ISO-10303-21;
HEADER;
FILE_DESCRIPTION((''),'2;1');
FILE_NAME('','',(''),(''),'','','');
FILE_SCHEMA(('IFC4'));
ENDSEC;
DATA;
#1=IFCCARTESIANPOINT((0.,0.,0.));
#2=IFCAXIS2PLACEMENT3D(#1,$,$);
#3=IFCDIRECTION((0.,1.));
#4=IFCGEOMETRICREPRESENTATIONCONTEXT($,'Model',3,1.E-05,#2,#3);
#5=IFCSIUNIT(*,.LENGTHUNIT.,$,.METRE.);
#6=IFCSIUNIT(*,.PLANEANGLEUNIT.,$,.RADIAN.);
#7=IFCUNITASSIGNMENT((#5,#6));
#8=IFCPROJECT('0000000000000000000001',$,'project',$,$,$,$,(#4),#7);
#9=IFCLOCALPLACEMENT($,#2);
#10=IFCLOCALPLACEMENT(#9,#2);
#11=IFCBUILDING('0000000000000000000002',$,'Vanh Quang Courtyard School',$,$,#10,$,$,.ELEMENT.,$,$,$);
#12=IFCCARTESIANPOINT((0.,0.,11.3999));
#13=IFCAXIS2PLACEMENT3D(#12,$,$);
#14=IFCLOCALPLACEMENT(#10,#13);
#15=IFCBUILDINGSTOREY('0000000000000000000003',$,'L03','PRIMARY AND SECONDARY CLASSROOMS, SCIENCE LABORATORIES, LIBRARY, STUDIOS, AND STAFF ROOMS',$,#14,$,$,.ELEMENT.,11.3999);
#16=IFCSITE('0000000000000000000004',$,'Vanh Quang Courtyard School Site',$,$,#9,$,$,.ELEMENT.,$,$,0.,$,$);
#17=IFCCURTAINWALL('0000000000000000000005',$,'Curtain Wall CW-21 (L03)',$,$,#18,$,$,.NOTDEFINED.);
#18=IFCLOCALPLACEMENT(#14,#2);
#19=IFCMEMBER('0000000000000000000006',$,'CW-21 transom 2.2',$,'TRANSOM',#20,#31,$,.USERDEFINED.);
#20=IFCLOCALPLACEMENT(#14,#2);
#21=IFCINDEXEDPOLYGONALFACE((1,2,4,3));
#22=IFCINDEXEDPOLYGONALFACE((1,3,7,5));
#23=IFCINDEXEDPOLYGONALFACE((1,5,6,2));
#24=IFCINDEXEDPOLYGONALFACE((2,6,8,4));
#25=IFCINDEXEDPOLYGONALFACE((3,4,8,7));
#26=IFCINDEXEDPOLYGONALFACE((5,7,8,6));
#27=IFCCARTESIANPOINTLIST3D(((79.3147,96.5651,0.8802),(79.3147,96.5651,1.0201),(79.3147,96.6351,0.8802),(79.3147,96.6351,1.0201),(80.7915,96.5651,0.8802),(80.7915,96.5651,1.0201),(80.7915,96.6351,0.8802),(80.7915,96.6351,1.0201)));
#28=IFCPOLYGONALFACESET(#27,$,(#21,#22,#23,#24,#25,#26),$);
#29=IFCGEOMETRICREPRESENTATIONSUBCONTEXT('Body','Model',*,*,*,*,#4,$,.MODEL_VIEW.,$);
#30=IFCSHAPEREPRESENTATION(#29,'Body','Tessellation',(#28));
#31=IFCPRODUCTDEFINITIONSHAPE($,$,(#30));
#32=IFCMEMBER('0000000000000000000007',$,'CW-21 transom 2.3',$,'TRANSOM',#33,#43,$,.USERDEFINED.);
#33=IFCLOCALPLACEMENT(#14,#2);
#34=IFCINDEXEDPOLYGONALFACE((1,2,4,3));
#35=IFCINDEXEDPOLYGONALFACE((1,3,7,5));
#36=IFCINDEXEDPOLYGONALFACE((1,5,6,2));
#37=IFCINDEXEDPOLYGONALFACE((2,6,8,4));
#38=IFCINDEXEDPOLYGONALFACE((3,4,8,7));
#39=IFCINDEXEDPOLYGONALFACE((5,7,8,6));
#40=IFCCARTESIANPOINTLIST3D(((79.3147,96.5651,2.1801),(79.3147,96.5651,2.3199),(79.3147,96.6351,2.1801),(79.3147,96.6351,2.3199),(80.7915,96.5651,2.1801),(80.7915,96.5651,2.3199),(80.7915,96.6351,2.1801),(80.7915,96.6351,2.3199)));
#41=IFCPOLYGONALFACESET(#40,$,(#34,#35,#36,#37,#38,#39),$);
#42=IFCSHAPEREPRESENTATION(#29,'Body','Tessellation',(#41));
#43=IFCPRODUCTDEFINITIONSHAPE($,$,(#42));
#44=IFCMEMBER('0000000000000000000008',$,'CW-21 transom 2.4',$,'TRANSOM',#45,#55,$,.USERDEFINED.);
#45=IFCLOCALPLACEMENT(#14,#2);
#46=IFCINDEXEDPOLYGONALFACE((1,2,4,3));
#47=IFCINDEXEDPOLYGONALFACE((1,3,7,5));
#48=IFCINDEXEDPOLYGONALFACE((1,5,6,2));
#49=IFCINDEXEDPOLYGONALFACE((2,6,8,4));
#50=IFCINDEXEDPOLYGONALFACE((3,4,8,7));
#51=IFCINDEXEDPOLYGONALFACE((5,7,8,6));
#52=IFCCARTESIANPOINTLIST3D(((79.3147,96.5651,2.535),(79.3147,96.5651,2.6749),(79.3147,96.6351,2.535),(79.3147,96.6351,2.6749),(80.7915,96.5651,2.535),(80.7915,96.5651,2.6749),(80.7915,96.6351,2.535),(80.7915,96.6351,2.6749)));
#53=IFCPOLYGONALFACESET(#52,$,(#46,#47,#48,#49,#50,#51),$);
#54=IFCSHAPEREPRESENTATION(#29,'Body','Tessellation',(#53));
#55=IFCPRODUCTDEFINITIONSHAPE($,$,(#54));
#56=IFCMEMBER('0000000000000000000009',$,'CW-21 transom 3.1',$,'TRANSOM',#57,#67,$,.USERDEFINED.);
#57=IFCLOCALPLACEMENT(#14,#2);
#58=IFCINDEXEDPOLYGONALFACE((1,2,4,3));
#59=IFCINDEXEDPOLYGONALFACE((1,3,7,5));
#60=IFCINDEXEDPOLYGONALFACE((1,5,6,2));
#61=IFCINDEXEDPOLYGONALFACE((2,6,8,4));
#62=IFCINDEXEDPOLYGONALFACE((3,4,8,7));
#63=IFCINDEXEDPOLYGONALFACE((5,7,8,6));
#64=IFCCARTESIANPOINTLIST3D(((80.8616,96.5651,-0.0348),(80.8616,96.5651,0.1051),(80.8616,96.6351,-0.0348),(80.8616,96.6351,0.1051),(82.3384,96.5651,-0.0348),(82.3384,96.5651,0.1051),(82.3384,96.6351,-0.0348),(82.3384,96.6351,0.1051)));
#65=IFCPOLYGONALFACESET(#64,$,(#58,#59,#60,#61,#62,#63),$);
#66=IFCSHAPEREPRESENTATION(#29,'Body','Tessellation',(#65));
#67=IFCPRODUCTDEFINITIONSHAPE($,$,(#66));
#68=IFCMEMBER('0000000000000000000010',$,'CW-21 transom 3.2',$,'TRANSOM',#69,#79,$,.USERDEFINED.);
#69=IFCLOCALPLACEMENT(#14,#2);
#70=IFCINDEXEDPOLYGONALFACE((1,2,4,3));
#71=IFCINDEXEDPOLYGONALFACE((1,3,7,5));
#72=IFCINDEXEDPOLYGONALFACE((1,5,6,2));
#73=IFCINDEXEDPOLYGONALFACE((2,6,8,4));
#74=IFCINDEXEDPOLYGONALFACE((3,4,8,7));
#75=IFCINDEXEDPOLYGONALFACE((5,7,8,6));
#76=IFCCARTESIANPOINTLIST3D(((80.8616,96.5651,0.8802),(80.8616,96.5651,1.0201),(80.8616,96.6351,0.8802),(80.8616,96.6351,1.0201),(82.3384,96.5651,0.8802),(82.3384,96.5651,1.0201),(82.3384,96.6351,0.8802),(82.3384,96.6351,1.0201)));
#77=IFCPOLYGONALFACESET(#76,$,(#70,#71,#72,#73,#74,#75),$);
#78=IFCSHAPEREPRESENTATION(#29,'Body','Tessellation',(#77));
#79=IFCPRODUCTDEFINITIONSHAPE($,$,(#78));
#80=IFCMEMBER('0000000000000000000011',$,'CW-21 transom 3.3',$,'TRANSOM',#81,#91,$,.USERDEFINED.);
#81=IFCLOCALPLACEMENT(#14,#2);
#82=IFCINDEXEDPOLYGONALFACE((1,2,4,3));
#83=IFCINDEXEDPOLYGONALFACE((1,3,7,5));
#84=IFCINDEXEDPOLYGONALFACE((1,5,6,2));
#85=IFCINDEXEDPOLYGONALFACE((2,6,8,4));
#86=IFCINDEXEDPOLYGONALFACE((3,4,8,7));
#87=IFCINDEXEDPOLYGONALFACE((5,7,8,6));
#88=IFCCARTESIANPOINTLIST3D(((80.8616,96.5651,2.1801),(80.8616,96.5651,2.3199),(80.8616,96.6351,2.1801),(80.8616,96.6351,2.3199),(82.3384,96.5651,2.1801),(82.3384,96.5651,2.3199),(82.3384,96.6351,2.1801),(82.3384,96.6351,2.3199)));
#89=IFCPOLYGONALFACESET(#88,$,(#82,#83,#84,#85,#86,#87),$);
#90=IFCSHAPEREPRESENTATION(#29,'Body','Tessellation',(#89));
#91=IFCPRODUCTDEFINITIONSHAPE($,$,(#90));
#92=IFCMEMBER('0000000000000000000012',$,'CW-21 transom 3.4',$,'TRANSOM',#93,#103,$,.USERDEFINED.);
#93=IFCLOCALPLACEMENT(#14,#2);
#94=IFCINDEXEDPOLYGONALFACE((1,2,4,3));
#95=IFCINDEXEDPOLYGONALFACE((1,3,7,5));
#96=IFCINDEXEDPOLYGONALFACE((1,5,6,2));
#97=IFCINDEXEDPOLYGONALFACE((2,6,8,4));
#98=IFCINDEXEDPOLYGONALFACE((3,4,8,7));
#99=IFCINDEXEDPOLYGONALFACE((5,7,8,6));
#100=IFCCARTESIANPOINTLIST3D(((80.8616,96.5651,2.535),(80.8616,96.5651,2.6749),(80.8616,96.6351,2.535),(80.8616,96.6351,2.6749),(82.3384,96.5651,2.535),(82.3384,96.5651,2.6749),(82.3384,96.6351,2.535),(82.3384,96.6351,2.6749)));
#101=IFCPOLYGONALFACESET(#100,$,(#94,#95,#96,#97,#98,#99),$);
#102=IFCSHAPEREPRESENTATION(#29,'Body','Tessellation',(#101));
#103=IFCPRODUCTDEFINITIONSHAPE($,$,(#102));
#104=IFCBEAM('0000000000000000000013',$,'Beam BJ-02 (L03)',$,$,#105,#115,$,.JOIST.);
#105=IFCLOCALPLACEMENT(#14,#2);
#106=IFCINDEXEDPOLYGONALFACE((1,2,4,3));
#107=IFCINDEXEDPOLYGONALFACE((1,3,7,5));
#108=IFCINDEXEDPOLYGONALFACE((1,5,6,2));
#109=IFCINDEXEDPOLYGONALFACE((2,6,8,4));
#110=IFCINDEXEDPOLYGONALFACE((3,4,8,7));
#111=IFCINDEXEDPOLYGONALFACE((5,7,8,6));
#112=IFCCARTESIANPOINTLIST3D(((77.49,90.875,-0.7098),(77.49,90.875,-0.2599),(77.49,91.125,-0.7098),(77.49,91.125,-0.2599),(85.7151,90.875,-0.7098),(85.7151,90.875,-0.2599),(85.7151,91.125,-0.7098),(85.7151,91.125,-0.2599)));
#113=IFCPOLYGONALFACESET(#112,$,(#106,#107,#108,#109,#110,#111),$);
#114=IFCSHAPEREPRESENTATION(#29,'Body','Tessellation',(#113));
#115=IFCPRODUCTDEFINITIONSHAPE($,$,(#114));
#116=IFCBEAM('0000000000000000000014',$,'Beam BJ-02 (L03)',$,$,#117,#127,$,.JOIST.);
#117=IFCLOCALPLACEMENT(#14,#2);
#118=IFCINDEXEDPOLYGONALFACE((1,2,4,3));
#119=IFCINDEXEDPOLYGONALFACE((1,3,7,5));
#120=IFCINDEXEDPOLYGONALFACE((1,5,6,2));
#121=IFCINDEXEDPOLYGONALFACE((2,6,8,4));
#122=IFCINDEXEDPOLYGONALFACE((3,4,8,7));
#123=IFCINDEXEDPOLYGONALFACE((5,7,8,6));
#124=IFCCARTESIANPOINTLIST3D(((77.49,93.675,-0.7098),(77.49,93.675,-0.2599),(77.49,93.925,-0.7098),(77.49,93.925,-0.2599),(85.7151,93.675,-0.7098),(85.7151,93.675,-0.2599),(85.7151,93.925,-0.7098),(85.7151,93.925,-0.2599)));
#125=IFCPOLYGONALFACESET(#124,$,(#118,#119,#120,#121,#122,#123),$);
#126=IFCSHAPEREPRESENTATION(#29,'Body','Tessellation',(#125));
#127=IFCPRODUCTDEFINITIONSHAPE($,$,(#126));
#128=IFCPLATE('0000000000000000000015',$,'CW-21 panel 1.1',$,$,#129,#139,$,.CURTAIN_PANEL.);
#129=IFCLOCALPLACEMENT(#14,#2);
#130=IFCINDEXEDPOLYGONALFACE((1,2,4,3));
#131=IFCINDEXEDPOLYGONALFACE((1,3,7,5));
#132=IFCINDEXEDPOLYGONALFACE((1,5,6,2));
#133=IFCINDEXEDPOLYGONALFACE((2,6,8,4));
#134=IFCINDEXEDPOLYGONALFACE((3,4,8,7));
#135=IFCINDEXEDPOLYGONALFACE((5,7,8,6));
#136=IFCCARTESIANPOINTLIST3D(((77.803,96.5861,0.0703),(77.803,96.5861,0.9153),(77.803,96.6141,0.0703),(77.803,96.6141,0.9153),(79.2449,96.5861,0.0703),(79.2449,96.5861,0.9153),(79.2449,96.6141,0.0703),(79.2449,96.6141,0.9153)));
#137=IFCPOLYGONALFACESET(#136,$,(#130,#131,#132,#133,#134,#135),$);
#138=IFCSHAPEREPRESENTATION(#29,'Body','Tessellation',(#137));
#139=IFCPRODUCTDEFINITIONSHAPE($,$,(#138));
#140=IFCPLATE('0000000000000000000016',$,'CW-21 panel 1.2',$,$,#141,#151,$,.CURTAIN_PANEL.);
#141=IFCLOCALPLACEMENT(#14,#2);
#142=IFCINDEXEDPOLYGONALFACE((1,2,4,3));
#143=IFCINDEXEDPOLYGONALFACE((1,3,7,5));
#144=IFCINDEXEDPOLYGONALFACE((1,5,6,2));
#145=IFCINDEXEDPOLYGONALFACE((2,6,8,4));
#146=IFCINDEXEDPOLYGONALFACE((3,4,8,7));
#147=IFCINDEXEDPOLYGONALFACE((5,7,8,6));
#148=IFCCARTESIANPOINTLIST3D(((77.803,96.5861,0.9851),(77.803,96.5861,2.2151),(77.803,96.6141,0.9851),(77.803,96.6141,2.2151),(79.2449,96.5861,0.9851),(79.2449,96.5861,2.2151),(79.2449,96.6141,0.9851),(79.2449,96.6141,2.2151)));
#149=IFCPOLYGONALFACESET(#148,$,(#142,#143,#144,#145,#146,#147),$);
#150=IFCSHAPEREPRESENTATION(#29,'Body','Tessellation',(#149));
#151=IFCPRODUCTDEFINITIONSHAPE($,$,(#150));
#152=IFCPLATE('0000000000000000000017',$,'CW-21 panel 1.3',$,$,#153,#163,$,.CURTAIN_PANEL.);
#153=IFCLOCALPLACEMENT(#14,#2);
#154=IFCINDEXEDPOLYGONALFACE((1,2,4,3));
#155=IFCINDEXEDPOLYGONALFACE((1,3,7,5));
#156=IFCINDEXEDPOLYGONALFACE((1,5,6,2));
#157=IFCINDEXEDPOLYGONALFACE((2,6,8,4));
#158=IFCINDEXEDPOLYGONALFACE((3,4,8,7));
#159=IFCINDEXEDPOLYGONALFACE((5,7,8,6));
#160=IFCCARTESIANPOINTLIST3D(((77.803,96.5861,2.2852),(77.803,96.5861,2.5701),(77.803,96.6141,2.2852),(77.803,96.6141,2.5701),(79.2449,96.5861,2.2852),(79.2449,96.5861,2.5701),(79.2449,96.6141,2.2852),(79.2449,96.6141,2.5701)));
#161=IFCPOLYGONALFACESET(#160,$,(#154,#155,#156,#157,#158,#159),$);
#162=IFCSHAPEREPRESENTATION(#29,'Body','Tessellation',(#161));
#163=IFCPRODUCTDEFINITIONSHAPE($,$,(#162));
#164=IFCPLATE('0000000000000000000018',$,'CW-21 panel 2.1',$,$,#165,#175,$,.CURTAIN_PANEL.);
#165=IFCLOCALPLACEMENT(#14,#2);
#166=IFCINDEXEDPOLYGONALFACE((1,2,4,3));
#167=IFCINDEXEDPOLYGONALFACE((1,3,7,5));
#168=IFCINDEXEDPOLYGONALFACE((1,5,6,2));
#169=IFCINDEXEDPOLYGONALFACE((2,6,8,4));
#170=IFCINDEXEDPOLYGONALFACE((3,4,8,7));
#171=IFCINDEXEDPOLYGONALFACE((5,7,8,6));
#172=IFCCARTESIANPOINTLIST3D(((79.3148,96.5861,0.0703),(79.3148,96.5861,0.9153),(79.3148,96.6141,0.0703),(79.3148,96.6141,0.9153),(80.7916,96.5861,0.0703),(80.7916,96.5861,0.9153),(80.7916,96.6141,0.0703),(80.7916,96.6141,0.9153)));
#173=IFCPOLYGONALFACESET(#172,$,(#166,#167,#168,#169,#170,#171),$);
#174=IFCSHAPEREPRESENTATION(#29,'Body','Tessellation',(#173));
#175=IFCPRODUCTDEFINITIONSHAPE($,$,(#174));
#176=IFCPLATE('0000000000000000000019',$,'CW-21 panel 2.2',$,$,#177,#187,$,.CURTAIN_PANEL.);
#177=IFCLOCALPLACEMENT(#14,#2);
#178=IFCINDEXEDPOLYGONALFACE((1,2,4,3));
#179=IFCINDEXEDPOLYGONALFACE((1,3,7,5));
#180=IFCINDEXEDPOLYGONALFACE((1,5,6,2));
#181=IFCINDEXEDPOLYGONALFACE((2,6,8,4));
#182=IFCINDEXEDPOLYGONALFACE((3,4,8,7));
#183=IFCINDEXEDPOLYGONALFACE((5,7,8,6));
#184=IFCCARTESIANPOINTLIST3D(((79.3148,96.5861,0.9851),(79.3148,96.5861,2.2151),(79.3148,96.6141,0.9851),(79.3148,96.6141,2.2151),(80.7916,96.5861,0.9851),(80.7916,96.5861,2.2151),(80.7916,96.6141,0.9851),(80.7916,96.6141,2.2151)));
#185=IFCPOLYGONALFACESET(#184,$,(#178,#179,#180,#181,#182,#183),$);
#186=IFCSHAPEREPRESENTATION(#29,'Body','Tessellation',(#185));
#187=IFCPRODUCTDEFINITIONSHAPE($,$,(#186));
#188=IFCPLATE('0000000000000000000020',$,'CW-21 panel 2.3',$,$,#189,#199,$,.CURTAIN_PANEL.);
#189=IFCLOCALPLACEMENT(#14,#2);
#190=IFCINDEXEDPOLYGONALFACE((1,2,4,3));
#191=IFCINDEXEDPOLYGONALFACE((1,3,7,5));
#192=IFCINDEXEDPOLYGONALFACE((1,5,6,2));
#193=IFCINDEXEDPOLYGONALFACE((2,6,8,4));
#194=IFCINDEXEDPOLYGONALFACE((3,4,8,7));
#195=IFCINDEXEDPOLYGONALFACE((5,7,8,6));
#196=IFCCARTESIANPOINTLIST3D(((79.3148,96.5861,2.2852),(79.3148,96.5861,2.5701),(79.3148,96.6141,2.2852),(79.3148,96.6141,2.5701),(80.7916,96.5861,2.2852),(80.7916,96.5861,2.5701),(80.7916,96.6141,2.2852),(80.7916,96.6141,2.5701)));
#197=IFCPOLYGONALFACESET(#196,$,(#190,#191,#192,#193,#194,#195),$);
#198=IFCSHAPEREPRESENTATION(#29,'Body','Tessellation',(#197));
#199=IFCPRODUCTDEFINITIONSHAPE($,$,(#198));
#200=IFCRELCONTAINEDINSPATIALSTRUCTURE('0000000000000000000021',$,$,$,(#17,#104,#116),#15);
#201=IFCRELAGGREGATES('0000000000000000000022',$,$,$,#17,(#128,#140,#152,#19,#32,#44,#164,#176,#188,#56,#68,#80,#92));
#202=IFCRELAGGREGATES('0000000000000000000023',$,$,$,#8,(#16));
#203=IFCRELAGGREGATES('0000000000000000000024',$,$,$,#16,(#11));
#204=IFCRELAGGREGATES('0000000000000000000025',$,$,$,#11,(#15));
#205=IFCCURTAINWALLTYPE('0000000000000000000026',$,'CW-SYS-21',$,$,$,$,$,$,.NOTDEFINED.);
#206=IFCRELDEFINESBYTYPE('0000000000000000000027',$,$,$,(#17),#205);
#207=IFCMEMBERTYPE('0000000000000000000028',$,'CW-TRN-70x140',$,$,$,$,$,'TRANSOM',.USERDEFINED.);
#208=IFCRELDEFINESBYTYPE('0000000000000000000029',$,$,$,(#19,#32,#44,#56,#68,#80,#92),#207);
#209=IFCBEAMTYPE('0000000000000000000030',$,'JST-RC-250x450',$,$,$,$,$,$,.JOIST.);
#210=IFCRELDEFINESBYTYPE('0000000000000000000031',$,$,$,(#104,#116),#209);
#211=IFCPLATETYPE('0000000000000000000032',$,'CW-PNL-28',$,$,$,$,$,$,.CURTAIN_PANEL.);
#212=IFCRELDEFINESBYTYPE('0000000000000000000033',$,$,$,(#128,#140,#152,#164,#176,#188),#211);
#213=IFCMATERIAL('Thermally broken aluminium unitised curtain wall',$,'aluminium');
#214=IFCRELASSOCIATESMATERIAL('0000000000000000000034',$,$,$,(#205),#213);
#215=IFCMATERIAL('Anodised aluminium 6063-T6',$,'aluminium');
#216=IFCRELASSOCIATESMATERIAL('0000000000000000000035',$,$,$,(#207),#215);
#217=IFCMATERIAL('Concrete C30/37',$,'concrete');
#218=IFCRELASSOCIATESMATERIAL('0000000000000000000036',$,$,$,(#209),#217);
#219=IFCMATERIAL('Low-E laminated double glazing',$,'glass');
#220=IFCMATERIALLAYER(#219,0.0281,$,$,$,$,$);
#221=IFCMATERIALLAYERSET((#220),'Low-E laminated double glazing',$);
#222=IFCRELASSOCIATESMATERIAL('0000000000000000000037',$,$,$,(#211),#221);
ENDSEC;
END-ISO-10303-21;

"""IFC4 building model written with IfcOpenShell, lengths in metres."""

from ifc_helpers import new_model, si_unit, direction, frame, origin, origin_2d, place, context, subcontext, project, spatial, rectangle, extrude, material, layer, layer_set, material_profile, profile_set, type_object, element, aggregate, save


model = new_model("IFC4")

# Units and contexts
model_context = context("Model", 3, precision=1e-05, world=origin(), true_north=direction((0.0, 1.0)))
body_context = subcontext(model_context, "Body", "Model", "MODEL_VIEW")
ifc_project = project(units=[si_unit("LENGTHUNIT", "METRE"), si_unit("PLANEANGLEUNIT", "RADIAN")], contexts=[model_context])

# Site, building, storey
site_placement = place(None, origin())
site = spatial("IfcSite", under=ifc_project, at=site_placement, Name="Vanh Quang Courtyard School Site", CompositionType="ELEMENT", RefElevation=0.0)
building_placement = place(site_placement, origin())
building = spatial("IfcBuilding", under=site, at=building_placement, Name="Vanh Quang Courtyard School", CompositionType="ELEMENT")
storey_placement = place(building_placement, frame((0.0, 0.0, 11.3999)))
storey = spatial("IfcBuildingStorey", under=building, at=storey_placement, Name="L03", Description="PRIMARY AND SECONDARY CLASSROOMS, SCIENCE LABORATORIES, LIBRARY, STUDIOS, AND STAFF ROOMS", CompositionType="ELEMENT", Elevation=11.3999)

# Curtain wall, members
ifc_material_1 = material(Name="Thermally broken aluminium unitised curtain wall", Category="aluminium")
curtain_wall_type = type_object("IfcCurtainWallType", Name="CW-SYS-21", PredefinedType="NOTDEFINED", material=ifc_material_1)
curtain_wall_placement = place(storey_placement, origin())
curtain_wall = element("IfcCurtainWall", 1, at=curtain_wall_placement, inside=storey, type_object=curtain_wall_type, Name="Curtain Wall CW-21 (L03)", PredefinedType="NOTDEFINED")
ifc_material_2 = material(Name="Anodised aluminium 6063-T6", Category="aluminium")
ifc_material_profile_1 = material_profile(ifc_material_2, rectangle(XDim=0.0701, YDim=0.1399, at=origin_2d()), Name="ALU-TRN 70x140")
ifc_profile_set_1 = profile_set([ifc_material_profile_1], Name="Anodised aluminium 6063-T6")
member_type_1 = type_object("IfcMemberType", Name="CW-TRN-70x140", ElementType="TRANSOM", PredefinedType="USERDEFINED", material=ifc_profile_set_1)
member_1_placement = place(storey_placement, frame((79.3147, 96.6001, 0.9502), z_axis=(1.0, 0.0, 0.0), x_axis=(0.0, 1.0, 0.0)))
member_1 = element("IfcMember", 2, at=member_1_placement, type_object=member_type_1, Name="CW-21 transom 2.2", ObjectType="TRANSOM", PredefinedType="USERDEFINED", context=body_context, shape_type="SweptSolid", body=[
    extrude(rectangle(XDim=0.0701, YDim=0.1399, at=origin_2d()), origin(), (0.0, 0.0, 1.0), 1.4768),
])
member_2_placement = place(storey_placement, frame((79.3147, 96.6001, 2.25), z_axis=(1.0, 0.0, 0.0), x_axis=(0.0, 1.0, 0.0)))
member_2 = element("IfcMember", 3, at=member_2_placement, type_object=member_type_1, Name="CW-21 transom 2.3", ObjectType="TRANSOM", PredefinedType="USERDEFINED", context=body_context, shape_type="SweptSolid", body=[
    extrude(rectangle(XDim=0.0701, YDim=0.1399, at=origin_2d()), origin(), (0.0, 0.0, 1.0), 1.4768),
])
member_3_placement = place(storey_placement, frame((79.3147, 96.6001, 2.605), z_axis=(1.0, 0.0, 0.0), x_axis=(0.0, 1.0, 0.0)))
member_3 = element("IfcMember", 4, at=member_3_placement, type_object=member_type_1, Name="CW-21 transom 2.4", ObjectType="TRANSOM", PredefinedType="USERDEFINED", context=body_context, shape_type="SweptSolid", body=[
    extrude(rectangle(XDim=0.0701, YDim=0.1399, at=origin_2d()), origin(), (0.0, 0.0, 1.0), 1.4768),
])
member_4_placement = place(storey_placement, frame((80.8616, 96.6001, 0.0352), z_axis=(1.0, 0.0, 0.0), x_axis=(0.0, 1.0, 0.0)))
member_4 = element("IfcMember", 5, at=member_4_placement, type_object=member_type_1, Name="CW-21 transom 3.1", ObjectType="TRANSOM", PredefinedType="USERDEFINED", context=body_context, shape_type="SweptSolid", body=[
    extrude(rectangle(XDim=0.0701, YDim=0.1399, at=origin_2d()), origin(), (0.0, 0.0, 1.0), 1.4768),
])
member_5_placement = place(storey_placement, frame((80.8616, 96.6001, 0.9502), z_axis=(1.0, 0.0, 0.0), x_axis=(0.0, 1.0, 0.0)))
member_5 = element("IfcMember", 6, at=member_5_placement, type_object=member_type_1, Name="CW-21 transom 3.2", ObjectType="TRANSOM", PredefinedType="USERDEFINED", context=body_context, shape_type="SweptSolid", body=[
    extrude(rectangle(XDim=0.0701, YDim=0.1399, at=origin_2d()), origin(), (0.0, 0.0, 1.0), 1.4768),
])
member_6_placement = place(storey_placement, frame((80.8616, 96.6001, 2.25), z_axis=(1.0, 0.0, 0.0), x_axis=(0.0, 1.0, 0.0)))
member_6 = element("IfcMember", 7, at=member_6_placement, type_object=member_type_1, Name="CW-21 transom 3.3", ObjectType="TRANSOM", PredefinedType="USERDEFINED", context=body_context, shape_type="SweptSolid", body=[
    extrude(rectangle(XDim=0.0701, YDim=0.1399, at=origin_2d()), origin(), (0.0, 0.0, 1.0), 1.4768),
])
member_7_placement = place(storey_placement, frame((80.8616, 96.6001, 2.605), z_axis=(1.0, 0.0, 0.0), x_axis=(0.0, 1.0, 0.0)))
member_7 = element("IfcMember", 8, at=member_7_placement, type_object=member_type_1, Name="CW-21 transom 3.4", ObjectType="TRANSOM", PredefinedType="USERDEFINED", context=body_context, shape_type="SweptSolid", body=[
    extrude(rectangle(XDim=0.0701, YDim=0.1399, at=origin_2d()), origin(), (0.0, 0.0, 1.0), 1.4768),
])

# Beams
ifc_material_3 = material(Name="Concrete C30/37", Category="concrete")
ifc_material_profile_2 = material_profile(ifc_material_3, rectangle(XDim=0.25, YDim=0.45, at=origin_2d()), Name="RC-JST 250x450")
ifc_profile_set_2 = profile_set([ifc_material_profile_2], Name="Concrete C30/37")
beam_type_1 = type_object("IfcBeamType", Name="JST-RC-250x450", PredefinedType="JOIST", material=ifc_profile_set_2)
for number, where, z_axis, x_axis, name in (
    (9, (77.49, 91.0, -0.4849), (1.0, 0.0, 0.0), (0.0, 1.0, 0.0), "Beam BJ-02 (L03)"),
    (10, (77.49, 93.8, -0.4849), (1.0, 0.0, 0.0), (0.0, 1.0, 0.0), "Beam BJ-02 (L03)"),
):
    element("IfcBeam", number, at=place(storey_placement, frame(where, z_axis=z_axis, x_axis=x_axis)), inside=storey, type_object=beam_type_1, Name=name, PredefinedType="JOIST", context=body_context, shape_type="SweptSolid", body=[
        extrude(rectangle(XDim=0.25, YDim=0.45, at=origin_2d()), origin(), (0.0, 0.0, 1.0), 8.2251),
    ])

# Plates
ifc_material_4 = material(Name="Low-E laminated double glazing", Category="glass")
ifc_layer_1 = layer(ifc_material_4, 0.0281)
ifc_layer_set_1 = layer_set([ifc_layer_1], Name="Low-E laminated double glazing")
plate_type = type_object("IfcPlateType", Name="CW-PNL-28", PredefinedType="CURTAIN_PANEL", material=ifc_layer_set_1)
plate_1_placement = place(storey_placement, frame((78.5239, 96.6001, 0.0703), z_axis=(0.0, 0.0, 1.0), x_axis=(1.0, 0.0, 0.0)))
plate_1 = element("IfcPlate", 11, at=plate_1_placement, type_object=plate_type, Name="CW-21 panel 1.1", PredefinedType="CURTAIN_PANEL", context=body_context, shape_type="SweptSolid", body=[
    extrude(rectangle(XDim=1.4419, YDim=0.0281, at=origin_2d()), origin(), (0.0, 0.0, 1.0), 0.845),
])
plate_2_placement = place(storey_placement, frame((78.5239, 96.6001, 0.9851), z_axis=(0.0, 0.0, 1.0), x_axis=(1.0, 0.0, 0.0)))
plate_2 = element("IfcPlate", 12, at=plate_2_placement, type_object=plate_type, Name="CW-21 panel 1.2", PredefinedType="CURTAIN_PANEL", context=body_context, shape_type="SweptSolid", body=[
    extrude(rectangle(XDim=1.4419, YDim=0.0281, at=origin_2d()), origin(), (0.0, 0.0, 1.0), 1.23),
])
plate_3_placement = place(storey_placement, frame((78.5239, 96.6001, 2.2852), z_axis=(0.0, 0.0, 1.0), x_axis=(1.0, 0.0, 0.0)))
plate_3 = element("IfcPlate", 13, at=plate_3_placement, type_object=plate_type, Name="CW-21 panel 1.3", PredefinedType="CURTAIN_PANEL", context=body_context, shape_type="SweptSolid", body=[
    extrude(rectangle(XDim=1.4419, YDim=0.0281, at=origin_2d()), origin(), (0.0, 0.0, 1.0), 0.2849),
])
plate_4_placement = place(storey_placement, frame((80.0532, 96.6001, 0.0703), z_axis=(0.0, 0.0, 1.0), x_axis=(1.0, 0.0, 0.0)))
plate_4 = element("IfcPlate", 14, at=plate_4_placement, type_object=plate_type, Name="CW-21 panel 2.1", PredefinedType="CURTAIN_PANEL", context=body_context, shape_type="SweptSolid", body=[
    extrude(rectangle(XDim=1.4768, YDim=0.0281, at=origin_2d()), origin(), (0.0, 0.0, 1.0), 0.845),
])
plate_5_placement = place(storey_placement, frame((80.0532, 96.6001, 0.9851), z_axis=(0.0, 0.0, 1.0), x_axis=(1.0, 0.0, 0.0)))
plate_5 = element("IfcPlate", 15, at=plate_5_placement, type_object=plate_type, Name="CW-21 panel 2.2", PredefinedType="CURTAIN_PANEL", context=body_context, shape_type="SweptSolid", body=[
    extrude(rectangle(XDim=1.4768, YDim=0.0281, at=origin_2d()), origin(), (0.0, 0.0, 1.0), 1.23),
])
plate_6_placement = place(storey_placement, frame((80.0532, 96.6001, 2.2852), z_axis=(0.0, 0.0, 1.0), x_axis=(1.0, 0.0, 0.0)))
plate_6 = element("IfcPlate", 16, at=plate_6_placement, type_object=plate_type, Name="CW-21 panel 2.3", PredefinedType="CURTAIN_PANEL", context=body_context, shape_type="SweptSolid", body=[
    extrude(rectangle(XDim=1.4768, YDim=0.0281, at=origin_2d()), origin(), (0.0, 0.0, 1.0), 0.2849),
])
aggregate(curtain_wall, [plate_1, plate_2, plate_3, member_1, member_2, member_3, plate_4, plate_5, plate_6, member_4, member_5, member_6, member_7])

save(model, "model.ifc")
